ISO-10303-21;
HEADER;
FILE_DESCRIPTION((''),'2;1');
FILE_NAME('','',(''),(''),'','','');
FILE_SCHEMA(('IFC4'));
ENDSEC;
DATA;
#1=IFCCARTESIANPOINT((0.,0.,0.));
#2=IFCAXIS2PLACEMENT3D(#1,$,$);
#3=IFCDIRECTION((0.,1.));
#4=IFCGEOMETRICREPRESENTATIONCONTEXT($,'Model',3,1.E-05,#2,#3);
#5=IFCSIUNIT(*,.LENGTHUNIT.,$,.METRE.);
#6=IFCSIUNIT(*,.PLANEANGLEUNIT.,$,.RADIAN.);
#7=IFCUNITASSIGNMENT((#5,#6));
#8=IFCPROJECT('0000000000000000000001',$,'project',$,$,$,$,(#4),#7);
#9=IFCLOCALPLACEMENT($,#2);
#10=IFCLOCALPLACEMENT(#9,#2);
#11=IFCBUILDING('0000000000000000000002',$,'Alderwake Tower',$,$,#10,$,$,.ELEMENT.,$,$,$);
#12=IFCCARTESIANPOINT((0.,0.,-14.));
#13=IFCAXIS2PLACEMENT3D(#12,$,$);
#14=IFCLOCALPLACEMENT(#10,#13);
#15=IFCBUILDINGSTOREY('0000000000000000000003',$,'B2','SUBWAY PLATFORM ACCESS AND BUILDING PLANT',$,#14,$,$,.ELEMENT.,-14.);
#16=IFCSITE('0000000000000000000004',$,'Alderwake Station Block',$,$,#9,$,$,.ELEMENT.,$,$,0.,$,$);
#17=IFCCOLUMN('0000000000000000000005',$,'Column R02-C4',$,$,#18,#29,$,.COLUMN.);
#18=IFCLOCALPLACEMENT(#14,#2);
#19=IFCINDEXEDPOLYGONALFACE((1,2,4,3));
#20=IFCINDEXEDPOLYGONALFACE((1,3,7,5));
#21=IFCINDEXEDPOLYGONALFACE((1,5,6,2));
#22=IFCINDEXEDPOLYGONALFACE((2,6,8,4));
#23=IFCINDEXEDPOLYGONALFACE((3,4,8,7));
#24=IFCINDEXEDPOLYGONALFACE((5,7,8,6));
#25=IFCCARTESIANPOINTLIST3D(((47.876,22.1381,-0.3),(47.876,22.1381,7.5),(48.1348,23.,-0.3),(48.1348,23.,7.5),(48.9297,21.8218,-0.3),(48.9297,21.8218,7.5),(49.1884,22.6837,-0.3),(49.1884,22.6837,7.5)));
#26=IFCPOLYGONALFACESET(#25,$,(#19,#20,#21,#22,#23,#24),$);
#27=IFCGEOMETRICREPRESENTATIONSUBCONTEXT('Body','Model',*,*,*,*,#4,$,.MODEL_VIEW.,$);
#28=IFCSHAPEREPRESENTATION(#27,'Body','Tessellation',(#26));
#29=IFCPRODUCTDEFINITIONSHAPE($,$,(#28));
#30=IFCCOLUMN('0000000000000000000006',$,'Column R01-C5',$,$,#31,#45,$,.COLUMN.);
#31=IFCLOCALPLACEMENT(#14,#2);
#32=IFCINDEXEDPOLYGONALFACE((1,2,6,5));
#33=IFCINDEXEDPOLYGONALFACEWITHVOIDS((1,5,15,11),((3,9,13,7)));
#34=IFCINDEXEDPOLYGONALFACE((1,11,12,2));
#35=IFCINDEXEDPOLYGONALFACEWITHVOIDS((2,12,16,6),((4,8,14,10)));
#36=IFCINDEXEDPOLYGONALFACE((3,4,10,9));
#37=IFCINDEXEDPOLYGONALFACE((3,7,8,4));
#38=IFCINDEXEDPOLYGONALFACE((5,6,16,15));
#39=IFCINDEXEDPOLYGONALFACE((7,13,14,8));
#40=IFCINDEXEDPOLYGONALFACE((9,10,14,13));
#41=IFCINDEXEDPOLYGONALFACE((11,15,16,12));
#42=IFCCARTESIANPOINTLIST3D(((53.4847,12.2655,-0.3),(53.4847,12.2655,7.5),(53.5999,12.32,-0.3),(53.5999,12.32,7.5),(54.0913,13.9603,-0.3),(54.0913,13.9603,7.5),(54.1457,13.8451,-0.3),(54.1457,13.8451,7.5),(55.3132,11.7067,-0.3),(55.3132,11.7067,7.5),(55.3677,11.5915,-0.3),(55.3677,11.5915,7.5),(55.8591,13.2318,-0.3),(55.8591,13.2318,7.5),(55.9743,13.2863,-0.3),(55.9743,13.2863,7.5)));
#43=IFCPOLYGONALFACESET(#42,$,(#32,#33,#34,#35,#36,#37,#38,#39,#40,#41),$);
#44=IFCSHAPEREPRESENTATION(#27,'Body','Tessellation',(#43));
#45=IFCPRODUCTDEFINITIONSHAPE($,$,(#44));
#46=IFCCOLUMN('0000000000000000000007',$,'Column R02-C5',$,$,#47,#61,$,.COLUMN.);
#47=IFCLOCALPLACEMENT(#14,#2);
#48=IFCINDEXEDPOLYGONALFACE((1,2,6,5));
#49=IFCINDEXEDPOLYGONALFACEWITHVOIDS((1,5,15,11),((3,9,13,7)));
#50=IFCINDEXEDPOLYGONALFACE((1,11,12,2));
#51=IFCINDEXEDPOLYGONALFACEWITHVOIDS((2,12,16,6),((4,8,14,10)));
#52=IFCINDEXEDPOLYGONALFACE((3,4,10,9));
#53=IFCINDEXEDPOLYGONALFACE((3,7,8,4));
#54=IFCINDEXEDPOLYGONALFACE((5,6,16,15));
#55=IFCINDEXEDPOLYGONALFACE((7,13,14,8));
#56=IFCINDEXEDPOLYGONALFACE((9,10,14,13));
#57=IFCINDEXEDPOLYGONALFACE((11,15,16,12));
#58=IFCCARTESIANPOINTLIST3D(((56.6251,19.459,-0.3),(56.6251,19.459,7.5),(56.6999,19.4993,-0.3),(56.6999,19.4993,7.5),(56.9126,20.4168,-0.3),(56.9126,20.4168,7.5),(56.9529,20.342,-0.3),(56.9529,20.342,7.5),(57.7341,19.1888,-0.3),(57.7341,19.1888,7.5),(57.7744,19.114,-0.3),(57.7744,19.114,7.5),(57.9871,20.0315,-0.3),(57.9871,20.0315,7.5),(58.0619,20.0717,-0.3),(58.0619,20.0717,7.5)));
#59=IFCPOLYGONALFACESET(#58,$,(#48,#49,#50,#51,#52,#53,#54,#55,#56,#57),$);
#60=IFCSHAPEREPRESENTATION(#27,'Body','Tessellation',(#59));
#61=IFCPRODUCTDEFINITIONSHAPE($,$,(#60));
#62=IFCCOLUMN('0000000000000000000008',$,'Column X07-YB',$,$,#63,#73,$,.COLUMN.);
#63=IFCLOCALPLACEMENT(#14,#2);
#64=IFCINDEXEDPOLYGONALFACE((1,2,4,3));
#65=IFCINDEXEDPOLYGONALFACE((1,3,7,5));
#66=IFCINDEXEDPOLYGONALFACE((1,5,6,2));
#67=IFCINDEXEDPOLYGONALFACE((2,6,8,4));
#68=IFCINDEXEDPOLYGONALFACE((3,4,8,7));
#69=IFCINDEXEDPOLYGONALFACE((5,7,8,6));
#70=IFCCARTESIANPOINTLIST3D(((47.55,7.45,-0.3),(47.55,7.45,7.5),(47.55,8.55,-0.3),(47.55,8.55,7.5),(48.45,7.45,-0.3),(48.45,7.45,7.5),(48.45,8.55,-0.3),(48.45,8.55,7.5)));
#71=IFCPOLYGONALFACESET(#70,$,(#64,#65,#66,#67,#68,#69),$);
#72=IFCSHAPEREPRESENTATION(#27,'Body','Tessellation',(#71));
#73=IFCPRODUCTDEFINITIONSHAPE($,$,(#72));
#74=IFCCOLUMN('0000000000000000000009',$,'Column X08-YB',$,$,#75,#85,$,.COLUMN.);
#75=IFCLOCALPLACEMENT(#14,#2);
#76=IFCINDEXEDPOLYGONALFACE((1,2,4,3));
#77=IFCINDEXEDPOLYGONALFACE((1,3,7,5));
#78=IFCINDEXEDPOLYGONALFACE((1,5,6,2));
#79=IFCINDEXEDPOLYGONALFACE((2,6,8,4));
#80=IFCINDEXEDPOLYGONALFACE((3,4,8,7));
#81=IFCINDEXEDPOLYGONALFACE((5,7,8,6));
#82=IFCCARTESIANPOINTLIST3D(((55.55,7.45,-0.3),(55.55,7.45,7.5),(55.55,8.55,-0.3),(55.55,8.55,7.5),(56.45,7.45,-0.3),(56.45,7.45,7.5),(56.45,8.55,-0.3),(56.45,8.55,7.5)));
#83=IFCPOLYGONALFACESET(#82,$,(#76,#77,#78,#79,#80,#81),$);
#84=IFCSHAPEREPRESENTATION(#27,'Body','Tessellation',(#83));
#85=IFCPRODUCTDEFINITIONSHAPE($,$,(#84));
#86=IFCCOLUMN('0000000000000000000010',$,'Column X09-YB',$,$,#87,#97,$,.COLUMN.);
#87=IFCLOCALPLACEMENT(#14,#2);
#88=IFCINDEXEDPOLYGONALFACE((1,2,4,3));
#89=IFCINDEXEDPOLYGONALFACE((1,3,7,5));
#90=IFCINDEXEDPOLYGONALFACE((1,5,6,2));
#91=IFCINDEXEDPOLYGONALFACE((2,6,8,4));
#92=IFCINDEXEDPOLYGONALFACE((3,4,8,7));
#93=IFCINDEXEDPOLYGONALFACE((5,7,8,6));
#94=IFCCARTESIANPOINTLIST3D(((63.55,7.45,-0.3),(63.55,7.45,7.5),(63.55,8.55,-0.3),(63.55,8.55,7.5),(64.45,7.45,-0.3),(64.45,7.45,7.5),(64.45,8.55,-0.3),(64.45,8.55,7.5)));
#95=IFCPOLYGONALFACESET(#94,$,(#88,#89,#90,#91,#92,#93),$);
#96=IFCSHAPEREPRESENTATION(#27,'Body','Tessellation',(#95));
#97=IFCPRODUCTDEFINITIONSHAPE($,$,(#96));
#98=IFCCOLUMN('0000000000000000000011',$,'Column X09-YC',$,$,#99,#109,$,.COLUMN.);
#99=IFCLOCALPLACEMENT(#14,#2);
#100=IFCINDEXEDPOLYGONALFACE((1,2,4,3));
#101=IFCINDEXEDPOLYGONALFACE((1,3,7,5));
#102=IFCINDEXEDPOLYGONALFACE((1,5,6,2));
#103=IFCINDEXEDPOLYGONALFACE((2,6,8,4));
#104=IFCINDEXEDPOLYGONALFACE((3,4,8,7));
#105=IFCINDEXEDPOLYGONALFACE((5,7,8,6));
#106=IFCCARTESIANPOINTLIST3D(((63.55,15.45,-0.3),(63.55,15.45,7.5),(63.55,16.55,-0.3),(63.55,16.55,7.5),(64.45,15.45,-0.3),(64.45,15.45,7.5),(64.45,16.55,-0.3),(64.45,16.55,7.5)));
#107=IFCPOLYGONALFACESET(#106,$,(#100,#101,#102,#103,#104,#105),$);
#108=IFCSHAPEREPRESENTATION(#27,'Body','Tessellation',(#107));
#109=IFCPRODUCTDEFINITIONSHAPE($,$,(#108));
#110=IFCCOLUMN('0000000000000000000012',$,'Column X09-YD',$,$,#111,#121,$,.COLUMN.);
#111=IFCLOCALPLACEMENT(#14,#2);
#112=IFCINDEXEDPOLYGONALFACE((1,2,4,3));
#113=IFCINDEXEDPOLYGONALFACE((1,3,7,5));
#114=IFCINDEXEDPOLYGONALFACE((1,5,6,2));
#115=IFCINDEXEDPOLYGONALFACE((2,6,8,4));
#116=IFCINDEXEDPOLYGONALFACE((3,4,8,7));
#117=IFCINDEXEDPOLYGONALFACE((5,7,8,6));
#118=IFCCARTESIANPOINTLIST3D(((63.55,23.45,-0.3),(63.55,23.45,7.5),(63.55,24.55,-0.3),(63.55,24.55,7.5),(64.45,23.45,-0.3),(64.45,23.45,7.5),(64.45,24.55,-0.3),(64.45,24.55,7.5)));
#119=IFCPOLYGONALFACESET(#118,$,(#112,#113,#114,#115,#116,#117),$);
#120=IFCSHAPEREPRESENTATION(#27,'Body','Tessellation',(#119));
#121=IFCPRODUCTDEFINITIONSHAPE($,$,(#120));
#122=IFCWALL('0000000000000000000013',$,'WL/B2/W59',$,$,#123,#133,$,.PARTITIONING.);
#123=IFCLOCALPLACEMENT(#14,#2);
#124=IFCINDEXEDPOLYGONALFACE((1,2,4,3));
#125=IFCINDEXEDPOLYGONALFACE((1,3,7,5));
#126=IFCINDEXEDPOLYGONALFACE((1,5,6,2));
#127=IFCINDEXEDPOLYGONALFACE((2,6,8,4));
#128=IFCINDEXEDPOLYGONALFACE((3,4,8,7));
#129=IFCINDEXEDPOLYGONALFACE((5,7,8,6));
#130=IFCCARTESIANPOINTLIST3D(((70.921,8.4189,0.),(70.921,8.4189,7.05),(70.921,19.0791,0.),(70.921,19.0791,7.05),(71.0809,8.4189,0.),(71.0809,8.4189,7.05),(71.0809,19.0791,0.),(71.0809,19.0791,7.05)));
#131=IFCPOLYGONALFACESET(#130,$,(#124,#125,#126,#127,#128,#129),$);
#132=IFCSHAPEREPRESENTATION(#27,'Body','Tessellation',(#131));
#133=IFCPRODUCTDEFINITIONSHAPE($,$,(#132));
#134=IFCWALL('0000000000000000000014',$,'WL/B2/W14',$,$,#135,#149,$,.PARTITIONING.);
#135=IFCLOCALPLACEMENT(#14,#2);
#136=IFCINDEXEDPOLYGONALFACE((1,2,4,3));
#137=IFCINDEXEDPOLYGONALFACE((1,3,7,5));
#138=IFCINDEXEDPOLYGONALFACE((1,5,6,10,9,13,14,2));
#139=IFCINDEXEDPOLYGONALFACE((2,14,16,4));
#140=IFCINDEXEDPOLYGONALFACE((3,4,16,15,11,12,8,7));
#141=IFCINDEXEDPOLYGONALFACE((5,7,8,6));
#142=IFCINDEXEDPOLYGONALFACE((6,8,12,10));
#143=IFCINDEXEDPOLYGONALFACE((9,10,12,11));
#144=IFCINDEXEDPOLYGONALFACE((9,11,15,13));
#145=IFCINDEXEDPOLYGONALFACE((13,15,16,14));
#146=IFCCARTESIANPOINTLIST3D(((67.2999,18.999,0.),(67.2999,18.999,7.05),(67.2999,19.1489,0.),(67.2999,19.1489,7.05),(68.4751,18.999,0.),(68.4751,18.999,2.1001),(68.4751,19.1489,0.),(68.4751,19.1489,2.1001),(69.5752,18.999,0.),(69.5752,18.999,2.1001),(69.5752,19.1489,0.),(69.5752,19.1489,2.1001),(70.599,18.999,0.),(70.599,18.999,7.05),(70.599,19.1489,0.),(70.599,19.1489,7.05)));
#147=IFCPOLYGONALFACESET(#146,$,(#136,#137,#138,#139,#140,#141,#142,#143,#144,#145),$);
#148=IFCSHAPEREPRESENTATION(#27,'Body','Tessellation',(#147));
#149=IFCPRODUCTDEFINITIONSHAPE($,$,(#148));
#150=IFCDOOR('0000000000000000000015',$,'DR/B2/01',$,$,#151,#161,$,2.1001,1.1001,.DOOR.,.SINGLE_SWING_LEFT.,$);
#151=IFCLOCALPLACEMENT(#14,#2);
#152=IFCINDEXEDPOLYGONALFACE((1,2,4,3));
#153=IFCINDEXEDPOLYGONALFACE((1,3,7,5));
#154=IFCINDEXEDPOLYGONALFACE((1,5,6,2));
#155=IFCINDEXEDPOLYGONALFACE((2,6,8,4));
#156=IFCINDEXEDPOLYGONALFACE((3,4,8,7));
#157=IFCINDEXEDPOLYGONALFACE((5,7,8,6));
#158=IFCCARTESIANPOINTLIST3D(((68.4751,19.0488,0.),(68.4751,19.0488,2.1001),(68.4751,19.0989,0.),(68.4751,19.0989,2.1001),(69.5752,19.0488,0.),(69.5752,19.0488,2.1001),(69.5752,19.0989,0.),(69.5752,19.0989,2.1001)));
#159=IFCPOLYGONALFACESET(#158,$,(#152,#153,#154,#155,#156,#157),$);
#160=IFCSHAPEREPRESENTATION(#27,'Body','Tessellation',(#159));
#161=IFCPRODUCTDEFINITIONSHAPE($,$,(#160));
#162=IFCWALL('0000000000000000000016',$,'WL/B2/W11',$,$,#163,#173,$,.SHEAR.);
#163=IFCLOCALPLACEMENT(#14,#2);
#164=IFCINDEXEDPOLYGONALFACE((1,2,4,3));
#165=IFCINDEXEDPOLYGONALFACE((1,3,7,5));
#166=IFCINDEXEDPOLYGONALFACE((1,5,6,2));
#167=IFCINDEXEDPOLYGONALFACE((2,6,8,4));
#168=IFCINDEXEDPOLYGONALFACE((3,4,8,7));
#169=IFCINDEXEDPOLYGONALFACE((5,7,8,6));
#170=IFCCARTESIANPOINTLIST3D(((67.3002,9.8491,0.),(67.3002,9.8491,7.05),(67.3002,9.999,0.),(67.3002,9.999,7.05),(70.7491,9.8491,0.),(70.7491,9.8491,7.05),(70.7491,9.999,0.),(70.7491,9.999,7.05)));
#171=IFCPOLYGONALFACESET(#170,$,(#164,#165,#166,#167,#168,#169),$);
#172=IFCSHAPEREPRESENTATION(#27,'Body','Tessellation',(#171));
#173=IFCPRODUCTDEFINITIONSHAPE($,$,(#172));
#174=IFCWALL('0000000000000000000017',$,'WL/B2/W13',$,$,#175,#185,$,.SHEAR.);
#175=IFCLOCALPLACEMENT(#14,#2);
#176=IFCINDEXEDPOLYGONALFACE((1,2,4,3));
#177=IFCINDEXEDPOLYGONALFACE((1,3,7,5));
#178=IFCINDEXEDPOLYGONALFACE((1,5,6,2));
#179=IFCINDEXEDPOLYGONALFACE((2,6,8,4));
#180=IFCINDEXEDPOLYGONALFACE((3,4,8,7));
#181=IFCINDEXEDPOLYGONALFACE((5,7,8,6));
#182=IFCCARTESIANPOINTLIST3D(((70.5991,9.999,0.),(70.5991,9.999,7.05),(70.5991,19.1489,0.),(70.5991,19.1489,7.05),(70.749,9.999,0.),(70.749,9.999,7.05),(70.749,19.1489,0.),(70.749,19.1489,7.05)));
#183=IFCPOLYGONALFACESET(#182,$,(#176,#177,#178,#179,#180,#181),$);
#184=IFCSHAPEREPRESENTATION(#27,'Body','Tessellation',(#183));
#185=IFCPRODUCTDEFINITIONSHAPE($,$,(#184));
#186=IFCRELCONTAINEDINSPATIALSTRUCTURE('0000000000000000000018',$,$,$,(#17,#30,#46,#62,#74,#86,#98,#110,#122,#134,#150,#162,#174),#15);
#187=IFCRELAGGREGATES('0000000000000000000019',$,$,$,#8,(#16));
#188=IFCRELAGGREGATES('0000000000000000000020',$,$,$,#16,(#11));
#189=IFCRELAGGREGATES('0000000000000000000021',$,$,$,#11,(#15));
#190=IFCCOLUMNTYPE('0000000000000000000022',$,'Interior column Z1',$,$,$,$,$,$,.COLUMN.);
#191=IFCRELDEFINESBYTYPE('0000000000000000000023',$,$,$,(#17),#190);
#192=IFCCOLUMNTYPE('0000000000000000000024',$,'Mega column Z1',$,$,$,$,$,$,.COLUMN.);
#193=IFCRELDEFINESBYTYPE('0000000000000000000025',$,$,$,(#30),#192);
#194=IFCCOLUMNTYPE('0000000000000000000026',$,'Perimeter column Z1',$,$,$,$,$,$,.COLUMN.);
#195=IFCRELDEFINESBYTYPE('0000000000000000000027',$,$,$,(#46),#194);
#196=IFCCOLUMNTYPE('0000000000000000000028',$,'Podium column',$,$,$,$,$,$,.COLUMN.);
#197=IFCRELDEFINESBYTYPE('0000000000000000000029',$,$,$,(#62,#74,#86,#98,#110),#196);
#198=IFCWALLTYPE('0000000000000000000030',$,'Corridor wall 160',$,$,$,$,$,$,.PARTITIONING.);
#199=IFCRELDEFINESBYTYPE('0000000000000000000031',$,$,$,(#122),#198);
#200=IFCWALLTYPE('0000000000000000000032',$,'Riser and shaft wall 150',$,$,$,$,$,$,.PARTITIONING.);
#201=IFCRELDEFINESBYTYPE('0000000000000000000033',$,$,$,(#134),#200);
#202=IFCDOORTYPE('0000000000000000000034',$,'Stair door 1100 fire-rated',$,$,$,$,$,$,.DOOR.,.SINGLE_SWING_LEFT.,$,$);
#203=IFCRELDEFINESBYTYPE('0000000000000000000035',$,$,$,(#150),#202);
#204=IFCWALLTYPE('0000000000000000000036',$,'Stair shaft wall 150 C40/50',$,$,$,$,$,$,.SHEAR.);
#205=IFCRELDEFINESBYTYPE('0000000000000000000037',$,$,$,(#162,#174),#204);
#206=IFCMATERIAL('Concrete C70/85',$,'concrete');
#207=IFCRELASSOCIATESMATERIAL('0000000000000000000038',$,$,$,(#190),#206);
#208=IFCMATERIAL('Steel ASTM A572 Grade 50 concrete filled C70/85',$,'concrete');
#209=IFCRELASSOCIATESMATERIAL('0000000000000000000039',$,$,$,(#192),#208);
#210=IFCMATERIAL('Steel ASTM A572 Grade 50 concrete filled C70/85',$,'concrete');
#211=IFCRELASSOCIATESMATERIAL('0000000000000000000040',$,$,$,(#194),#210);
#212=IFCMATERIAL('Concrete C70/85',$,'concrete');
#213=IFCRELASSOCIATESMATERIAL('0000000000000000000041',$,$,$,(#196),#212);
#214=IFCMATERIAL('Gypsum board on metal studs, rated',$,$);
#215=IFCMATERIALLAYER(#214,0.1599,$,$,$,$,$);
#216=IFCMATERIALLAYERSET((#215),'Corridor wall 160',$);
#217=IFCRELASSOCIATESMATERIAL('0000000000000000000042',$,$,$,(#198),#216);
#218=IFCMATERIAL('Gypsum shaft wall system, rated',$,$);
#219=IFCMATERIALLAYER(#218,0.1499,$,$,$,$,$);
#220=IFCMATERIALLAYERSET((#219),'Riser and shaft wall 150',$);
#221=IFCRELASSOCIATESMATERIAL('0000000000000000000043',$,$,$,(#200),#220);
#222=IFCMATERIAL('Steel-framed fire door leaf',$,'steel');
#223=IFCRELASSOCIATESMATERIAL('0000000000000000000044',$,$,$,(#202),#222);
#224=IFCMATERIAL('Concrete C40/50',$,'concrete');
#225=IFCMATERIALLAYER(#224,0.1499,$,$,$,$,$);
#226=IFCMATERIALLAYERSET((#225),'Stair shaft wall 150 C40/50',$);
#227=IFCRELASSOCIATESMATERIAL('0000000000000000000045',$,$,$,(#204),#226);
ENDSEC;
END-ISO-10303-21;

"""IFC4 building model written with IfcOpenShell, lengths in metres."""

from ifc_helpers import new_model, si_unit, direction, frame, frame_2d, origin, origin_2d, place, context, subcontext, project, spatial, rectangle, hollow_rectangle, extrude, material, layer, layer_set, material_profile, profile_set, type_object, element, fill, save


model = new_model("IFC4")

# Units and contexts
model_context = context("Model", 3, precision=1e-05, world=origin(), true_north=direction((0.0, 1.0)))
body_context = subcontext(model_context, "Body", "Model", "MODEL_VIEW")
ifc_project = project(units=[si_unit("LENGTHUNIT", "METRE"), si_unit("PLANEANGLEUNIT", "RADIAN")], contexts=[model_context])

# Site, building, storey
site_placement = place(None, origin())
site = spatial("IfcSite", under=ifc_project, at=site_placement, Name="Alderwake Station Block", CompositionType="ELEMENT", RefElevation=0.0)
building_placement = place(site_placement, origin())
building = spatial("IfcBuilding", under=site, at=building_placement, Name="Alderwake Tower", CompositionType="ELEMENT")
storey_placement = place(building_placement, frame((0.0, 0.0, -14.0)))
storey = spatial("IfcBuildingStorey", under=building, at=storey_placement, Name="B2", Description="SUBWAY PLATFORM ACCESS AND BUILDING PLANT", CompositionType="ELEMENT", Elevation=-14.0)

# Columns
ifc_material_1 = material(Name="Concrete C70/85", Category="concrete")
ifc_material_profile_1 = material_profile(ifc_material_1, rectangle(XDim=0.8999, YDim=1.1001, at=origin_2d()), Name="RC 1100X900")
ifc_profile_set_1 = profile_set([ifc_material_profile_1], Name="Concrete C70/85")
column_type_1 = type_object("IfcColumnType", Name="Interior column Z1", PredefinedType="COLUMN", material=ifc_profile_set_1)
column_1_placement = place(storey_placement, frame((48.5322, 22.4109, -0.3), z_axis=(0.0, 0.0, 1.0), x_axis=(0.287549, 0.957766, 0.0)))
element("IfcColumn", 1, at=column_1_placement, inside=storey, type_object=column_type_1, Name="Column R02-C4", PredefinedType="COLUMN", context=body_context, shape_type="SweptSolid", body=[
    extrude(rectangle(XDim=0.8999, YDim=1.1001, at=origin_2d()), origin(), (0.0, 0.0, 1.0), 7.8),
])
ifc_material_2 = material(Name="Steel ASTM A572 Grade 50 concrete filled C70/85", Category="concrete")
ifc_material_profile_2 = material_profile(ifc_material_2, hollow_rectangle(XDim=1.8, YDim=2.0, WallThickness=0.0901, at=origin_2d()), Name="BOX 2000X1800X90")
ifc_profile_set_2 = profile_set([ifc_material_profile_2], Name="Steel ASTM A572 Grade 50 concrete filled C70/85")
column_type_2 = type_object("IfcColumnType", Name="Mega column Z1", PredefinedType="COLUMN", material=ifc_profile_set_2)
column_2_placement = place(storey_placement, frame((54.7295, 12.7759, -0.3), z_axis=(0.0, 0.0, 1.0), x_axis=(0.336995, 0.941506, 0.0)))
element("IfcColumn", 2, at=column_2_placement, inside=storey, type_object=column_type_2, Name="Column R01-C5", PredefinedType="COLUMN", context=body_context, shape_type="SweptSolid", body=[
    extrude(hollow_rectangle(XDim=1.8, YDim=2.0, WallThickness=0.0901, at=origin_2d()), origin(), (0.0, 0.0, 1.0), 7.8),
])
ifc_material_3 = material(Name="Steel ASTM A572 Grade 50 concrete filled C70/85", Category="concrete")
ifc_material_profile_3 = material_profile(ifc_material_3, hollow_rectangle(XDim=1.0, YDim=1.2, WallThickness=0.0601, at=origin_2d()), Name="BOX 1200X1000X60")
ifc_profile_set_3 = profile_set([ifc_material_profile_3], Name="Steel ASTM A572 Grade 50 concrete filled C70/85")
column_type_3 = type_object("IfcColumnType", Name="Perimeter column Z1", PredefinedType="COLUMN", material=ifc_profile_set_3)
column_3_placement = place(storey_placement, frame((57.3435, 19.7654, -0.3), z_axis=(0.0, 0.0, 1.0), x_axis=(0.287549, 0.957766, 0.0)))
element("IfcColumn", 3, at=column_3_placement, inside=storey, type_object=column_type_3, Name="Column R02-C5", PredefinedType="COLUMN", context=body_context, shape_type="SweptSolid", body=[
    extrude(hollow_rectangle(XDim=1.0, YDim=1.2, WallThickness=0.0601, at=origin_2d()), origin(), (0.0, 0.0, 1.0), 7.8),
])
ifc_material_4 = material(Name="Concrete C70/85", Category="concrete")
ifc_material_profile_4 = material_profile(ifc_material_4, rectangle(XDim=0.8999, YDim=1.1001, at=origin_2d()), Name="RC 1100X900")
ifc_profile_set_4 = profile_set([ifc_material_profile_4], Name="Concrete C70/85")
column_type_4 = type_object("IfcColumnType", Name="Podium column", PredefinedType="COLUMN", material=ifc_profile_set_4)
for number, where, z_axis, x_axis, name in (
    (4, (48.0, 8.0, -0.3), (0.0, 0.0, 1.0), (1.0, 0.0, 0.0), "Column X07-YB"),
    (5, (56.0, 8.0, -0.3), (0.0, 0.0, 1.0), (1.0, 0.0, 0.0), "Column X08-YB"),
    (6, (64.0, 8.0, -0.3), (0.0, 0.0, 1.0), (1.0, 0.0, 0.0), "Column X09-YB"),
    (7, (64.0, 16.0, -0.3), (0.0, 0.0, 1.0), (1.0, 0.0, 0.0), "Column X09-YC"),
    (8, (64.0, 24.0, -0.3), (0.0, 0.0, 1.0), (1.0, 0.0, 0.0), "Column X09-YD"),
):
    element("IfcColumn", number, at=place(storey_placement, frame(where, z_axis=z_axis, x_axis=x_axis)), inside=storey, type_object=column_type_4, Name=name, PredefinedType="COLUMN", context=body_context, shape_type="SweptSolid", body=[
        extrude(rectangle(XDim=0.8999, YDim=1.1001, at=origin_2d()), origin(), (0.0, 0.0, 1.0), 7.8),
    ])

# Wall
ifc_material_5 = material(Name="Gypsum board on metal studs, rated")
ifc_layer_1 = layer(ifc_material_5, 0.1599)
ifc_layer_set_1 = layer_set([ifc_layer_1], Name="Corridor wall 160")
wall_type_1 = type_object("IfcWallType", Name="Corridor wall 160", PredefinedType="PARTITIONING", material=ifc_layer_set_1)
wall_1_placement = place(storey_placement, frame((71.001, 8.4189, 0.0), z_axis=(0.0, 0.0, 1.0), x_axis=(0.0, 1.0, 0.0)))
element("IfcWall", 9, at=wall_1_placement, inside=storey, type_object=wall_type_1, Name="WL/B2/W59", PredefinedType="PARTITIONING", context=body_context, shape_type="SweptSolid", body=[
    extrude(rectangle(XDim=10.6602, YDim=0.1599, at=frame_2d((5.3301, 0.0))), origin(), (0.0, 0.0, 1.0), 7.05),
])

# Wall, opening, door
ifc_material_6 = material(Name="Gypsum shaft wall system, rated")
ifc_layer_2 = layer(ifc_material_6, 0.1499)
ifc_layer_set_2 = layer_set([ifc_layer_2], Name="Riser and shaft wall 150")
wall_type_2 = type_object("IfcWallType", Name="Riser and shaft wall 150", PredefinedType="PARTITIONING", material=ifc_layer_set_2)
wall_2_placement = place(storey_placement, frame((67.3, 19.074, 0.0), z_axis=(0.0, 0.0, 1.0), x_axis=(1.0, 0.0, 0.0)))
wall_2 = element("IfcWall", 10, at=wall_2_placement, inside=storey, type_object=wall_type_2, Name="WL/B2/W14", PredefinedType="PARTITIONING", context=body_context, shape_type="SweptSolid", body=[
    extrude(rectangle(XDim=3.2991, YDim=0.1499, at=frame_2d((1.6494, 0.0))), origin(), (0.0, 0.0, 1.0), 7.05),
])
opening_placement = place(wall_2_placement, frame((1.175, 0.0, 0.0)))
opening = element("IfcOpeningElement", 11, at=opening_placement, cuts=wall_2, PredefinedType="OPENING", context=body_context, shape_type="SweptSolid", body=[
    extrude(rectangle(XDim=1.1001, YDim=2.1001, at=frame_2d((0.55, 1.05))), frame((0.0, 0.085, 0.0), z_axis=(0.0, -1.0, 0.0), x_axis=(1.0, 0.0, 0.0)), (0.0, 0.0, 1.0), 0.1699),
])
ifc_material_7 = material(Name="Steel-framed fire door leaf", Category="steel")
door_type = type_object("IfcDoorType", Name="Stair door 1100 fire-rated", OperationType="SINGLE_SWING_LEFT", PredefinedType="DOOR", material=ifc_material_7)
door_placement = place(opening_placement, origin())
door = element("IfcDoor", 12, at=door_placement, inside=storey, type_object=door_type, Name="DR/B2/01", OperationType="SINGLE_SWING_LEFT", OverallHeight=2.1001, OverallWidth=1.1001, PredefinedType="DOOR", context=body_context, shape_type="SweptSolid", body=[
    extrude(rectangle(XDim=1.1001, YDim=2.1001, at=frame_2d((0.55, 1.05))), frame((0.0, 0.0249, 0.0), z_axis=(0.0, -1.0, 0.0), x_axis=(1.0, 0.0, 0.0)), (0.0, 0.0, 1.0), 0.05),
])
fill(opening, door)

# Walls
ifc_material_8 = material(Name="Concrete C40/50", Category="concrete")
ifc_layer_3 = layer(ifc_material_8, 0.1499)
ifc_layer_set_3 = layer_set([ifc_layer_3], Name="Stair shaft wall 150 C40/50")
wall_type_3 = type_object("IfcWallType", Name="Stair shaft wall 150 C40/50", PredefinedType="SHEAR", material=ifc_layer_set_3)
wall_3_placement = place(storey_placement, frame((67.3, 9.9241, 0.0), z_axis=(0.0, 0.0, 1.0), x_axis=(1.0, 0.0, 0.0)))
element("IfcWall", 13, at=wall_3_placement, inside=storey, type_object=wall_type_3, Name="WL/B2/W11", PredefinedType="SHEAR", context=body_context, shape_type="SweptSolid", body=[
    extrude(rectangle(XDim=3.449, YDim=0.1499, at=frame_2d((1.7246, 0.0))), origin(), (0.0, 0.0, 1.0), 7.05),
])
wall_4_placement = place(storey_placement, frame((70.6741, 9.999, 0.0), z_axis=(0.0, 0.0, 1.0), x_axis=(0.0, 1.0, 0.0)))
element("IfcWall", 14, at=wall_4_placement, inside=storey, type_object=wall_type_3, Name="WL/B2/W13", PredefinedType="SHEAR", context=body_context, shape_type="SweptSolid", body=[
    extrude(rectangle(XDim=9.1499, YDim=0.1499, at=frame_2d((4.575, 0.0))), origin(), (0.0, 0.0, 1.0), 7.05),
])

save(model, "model.ifc")
